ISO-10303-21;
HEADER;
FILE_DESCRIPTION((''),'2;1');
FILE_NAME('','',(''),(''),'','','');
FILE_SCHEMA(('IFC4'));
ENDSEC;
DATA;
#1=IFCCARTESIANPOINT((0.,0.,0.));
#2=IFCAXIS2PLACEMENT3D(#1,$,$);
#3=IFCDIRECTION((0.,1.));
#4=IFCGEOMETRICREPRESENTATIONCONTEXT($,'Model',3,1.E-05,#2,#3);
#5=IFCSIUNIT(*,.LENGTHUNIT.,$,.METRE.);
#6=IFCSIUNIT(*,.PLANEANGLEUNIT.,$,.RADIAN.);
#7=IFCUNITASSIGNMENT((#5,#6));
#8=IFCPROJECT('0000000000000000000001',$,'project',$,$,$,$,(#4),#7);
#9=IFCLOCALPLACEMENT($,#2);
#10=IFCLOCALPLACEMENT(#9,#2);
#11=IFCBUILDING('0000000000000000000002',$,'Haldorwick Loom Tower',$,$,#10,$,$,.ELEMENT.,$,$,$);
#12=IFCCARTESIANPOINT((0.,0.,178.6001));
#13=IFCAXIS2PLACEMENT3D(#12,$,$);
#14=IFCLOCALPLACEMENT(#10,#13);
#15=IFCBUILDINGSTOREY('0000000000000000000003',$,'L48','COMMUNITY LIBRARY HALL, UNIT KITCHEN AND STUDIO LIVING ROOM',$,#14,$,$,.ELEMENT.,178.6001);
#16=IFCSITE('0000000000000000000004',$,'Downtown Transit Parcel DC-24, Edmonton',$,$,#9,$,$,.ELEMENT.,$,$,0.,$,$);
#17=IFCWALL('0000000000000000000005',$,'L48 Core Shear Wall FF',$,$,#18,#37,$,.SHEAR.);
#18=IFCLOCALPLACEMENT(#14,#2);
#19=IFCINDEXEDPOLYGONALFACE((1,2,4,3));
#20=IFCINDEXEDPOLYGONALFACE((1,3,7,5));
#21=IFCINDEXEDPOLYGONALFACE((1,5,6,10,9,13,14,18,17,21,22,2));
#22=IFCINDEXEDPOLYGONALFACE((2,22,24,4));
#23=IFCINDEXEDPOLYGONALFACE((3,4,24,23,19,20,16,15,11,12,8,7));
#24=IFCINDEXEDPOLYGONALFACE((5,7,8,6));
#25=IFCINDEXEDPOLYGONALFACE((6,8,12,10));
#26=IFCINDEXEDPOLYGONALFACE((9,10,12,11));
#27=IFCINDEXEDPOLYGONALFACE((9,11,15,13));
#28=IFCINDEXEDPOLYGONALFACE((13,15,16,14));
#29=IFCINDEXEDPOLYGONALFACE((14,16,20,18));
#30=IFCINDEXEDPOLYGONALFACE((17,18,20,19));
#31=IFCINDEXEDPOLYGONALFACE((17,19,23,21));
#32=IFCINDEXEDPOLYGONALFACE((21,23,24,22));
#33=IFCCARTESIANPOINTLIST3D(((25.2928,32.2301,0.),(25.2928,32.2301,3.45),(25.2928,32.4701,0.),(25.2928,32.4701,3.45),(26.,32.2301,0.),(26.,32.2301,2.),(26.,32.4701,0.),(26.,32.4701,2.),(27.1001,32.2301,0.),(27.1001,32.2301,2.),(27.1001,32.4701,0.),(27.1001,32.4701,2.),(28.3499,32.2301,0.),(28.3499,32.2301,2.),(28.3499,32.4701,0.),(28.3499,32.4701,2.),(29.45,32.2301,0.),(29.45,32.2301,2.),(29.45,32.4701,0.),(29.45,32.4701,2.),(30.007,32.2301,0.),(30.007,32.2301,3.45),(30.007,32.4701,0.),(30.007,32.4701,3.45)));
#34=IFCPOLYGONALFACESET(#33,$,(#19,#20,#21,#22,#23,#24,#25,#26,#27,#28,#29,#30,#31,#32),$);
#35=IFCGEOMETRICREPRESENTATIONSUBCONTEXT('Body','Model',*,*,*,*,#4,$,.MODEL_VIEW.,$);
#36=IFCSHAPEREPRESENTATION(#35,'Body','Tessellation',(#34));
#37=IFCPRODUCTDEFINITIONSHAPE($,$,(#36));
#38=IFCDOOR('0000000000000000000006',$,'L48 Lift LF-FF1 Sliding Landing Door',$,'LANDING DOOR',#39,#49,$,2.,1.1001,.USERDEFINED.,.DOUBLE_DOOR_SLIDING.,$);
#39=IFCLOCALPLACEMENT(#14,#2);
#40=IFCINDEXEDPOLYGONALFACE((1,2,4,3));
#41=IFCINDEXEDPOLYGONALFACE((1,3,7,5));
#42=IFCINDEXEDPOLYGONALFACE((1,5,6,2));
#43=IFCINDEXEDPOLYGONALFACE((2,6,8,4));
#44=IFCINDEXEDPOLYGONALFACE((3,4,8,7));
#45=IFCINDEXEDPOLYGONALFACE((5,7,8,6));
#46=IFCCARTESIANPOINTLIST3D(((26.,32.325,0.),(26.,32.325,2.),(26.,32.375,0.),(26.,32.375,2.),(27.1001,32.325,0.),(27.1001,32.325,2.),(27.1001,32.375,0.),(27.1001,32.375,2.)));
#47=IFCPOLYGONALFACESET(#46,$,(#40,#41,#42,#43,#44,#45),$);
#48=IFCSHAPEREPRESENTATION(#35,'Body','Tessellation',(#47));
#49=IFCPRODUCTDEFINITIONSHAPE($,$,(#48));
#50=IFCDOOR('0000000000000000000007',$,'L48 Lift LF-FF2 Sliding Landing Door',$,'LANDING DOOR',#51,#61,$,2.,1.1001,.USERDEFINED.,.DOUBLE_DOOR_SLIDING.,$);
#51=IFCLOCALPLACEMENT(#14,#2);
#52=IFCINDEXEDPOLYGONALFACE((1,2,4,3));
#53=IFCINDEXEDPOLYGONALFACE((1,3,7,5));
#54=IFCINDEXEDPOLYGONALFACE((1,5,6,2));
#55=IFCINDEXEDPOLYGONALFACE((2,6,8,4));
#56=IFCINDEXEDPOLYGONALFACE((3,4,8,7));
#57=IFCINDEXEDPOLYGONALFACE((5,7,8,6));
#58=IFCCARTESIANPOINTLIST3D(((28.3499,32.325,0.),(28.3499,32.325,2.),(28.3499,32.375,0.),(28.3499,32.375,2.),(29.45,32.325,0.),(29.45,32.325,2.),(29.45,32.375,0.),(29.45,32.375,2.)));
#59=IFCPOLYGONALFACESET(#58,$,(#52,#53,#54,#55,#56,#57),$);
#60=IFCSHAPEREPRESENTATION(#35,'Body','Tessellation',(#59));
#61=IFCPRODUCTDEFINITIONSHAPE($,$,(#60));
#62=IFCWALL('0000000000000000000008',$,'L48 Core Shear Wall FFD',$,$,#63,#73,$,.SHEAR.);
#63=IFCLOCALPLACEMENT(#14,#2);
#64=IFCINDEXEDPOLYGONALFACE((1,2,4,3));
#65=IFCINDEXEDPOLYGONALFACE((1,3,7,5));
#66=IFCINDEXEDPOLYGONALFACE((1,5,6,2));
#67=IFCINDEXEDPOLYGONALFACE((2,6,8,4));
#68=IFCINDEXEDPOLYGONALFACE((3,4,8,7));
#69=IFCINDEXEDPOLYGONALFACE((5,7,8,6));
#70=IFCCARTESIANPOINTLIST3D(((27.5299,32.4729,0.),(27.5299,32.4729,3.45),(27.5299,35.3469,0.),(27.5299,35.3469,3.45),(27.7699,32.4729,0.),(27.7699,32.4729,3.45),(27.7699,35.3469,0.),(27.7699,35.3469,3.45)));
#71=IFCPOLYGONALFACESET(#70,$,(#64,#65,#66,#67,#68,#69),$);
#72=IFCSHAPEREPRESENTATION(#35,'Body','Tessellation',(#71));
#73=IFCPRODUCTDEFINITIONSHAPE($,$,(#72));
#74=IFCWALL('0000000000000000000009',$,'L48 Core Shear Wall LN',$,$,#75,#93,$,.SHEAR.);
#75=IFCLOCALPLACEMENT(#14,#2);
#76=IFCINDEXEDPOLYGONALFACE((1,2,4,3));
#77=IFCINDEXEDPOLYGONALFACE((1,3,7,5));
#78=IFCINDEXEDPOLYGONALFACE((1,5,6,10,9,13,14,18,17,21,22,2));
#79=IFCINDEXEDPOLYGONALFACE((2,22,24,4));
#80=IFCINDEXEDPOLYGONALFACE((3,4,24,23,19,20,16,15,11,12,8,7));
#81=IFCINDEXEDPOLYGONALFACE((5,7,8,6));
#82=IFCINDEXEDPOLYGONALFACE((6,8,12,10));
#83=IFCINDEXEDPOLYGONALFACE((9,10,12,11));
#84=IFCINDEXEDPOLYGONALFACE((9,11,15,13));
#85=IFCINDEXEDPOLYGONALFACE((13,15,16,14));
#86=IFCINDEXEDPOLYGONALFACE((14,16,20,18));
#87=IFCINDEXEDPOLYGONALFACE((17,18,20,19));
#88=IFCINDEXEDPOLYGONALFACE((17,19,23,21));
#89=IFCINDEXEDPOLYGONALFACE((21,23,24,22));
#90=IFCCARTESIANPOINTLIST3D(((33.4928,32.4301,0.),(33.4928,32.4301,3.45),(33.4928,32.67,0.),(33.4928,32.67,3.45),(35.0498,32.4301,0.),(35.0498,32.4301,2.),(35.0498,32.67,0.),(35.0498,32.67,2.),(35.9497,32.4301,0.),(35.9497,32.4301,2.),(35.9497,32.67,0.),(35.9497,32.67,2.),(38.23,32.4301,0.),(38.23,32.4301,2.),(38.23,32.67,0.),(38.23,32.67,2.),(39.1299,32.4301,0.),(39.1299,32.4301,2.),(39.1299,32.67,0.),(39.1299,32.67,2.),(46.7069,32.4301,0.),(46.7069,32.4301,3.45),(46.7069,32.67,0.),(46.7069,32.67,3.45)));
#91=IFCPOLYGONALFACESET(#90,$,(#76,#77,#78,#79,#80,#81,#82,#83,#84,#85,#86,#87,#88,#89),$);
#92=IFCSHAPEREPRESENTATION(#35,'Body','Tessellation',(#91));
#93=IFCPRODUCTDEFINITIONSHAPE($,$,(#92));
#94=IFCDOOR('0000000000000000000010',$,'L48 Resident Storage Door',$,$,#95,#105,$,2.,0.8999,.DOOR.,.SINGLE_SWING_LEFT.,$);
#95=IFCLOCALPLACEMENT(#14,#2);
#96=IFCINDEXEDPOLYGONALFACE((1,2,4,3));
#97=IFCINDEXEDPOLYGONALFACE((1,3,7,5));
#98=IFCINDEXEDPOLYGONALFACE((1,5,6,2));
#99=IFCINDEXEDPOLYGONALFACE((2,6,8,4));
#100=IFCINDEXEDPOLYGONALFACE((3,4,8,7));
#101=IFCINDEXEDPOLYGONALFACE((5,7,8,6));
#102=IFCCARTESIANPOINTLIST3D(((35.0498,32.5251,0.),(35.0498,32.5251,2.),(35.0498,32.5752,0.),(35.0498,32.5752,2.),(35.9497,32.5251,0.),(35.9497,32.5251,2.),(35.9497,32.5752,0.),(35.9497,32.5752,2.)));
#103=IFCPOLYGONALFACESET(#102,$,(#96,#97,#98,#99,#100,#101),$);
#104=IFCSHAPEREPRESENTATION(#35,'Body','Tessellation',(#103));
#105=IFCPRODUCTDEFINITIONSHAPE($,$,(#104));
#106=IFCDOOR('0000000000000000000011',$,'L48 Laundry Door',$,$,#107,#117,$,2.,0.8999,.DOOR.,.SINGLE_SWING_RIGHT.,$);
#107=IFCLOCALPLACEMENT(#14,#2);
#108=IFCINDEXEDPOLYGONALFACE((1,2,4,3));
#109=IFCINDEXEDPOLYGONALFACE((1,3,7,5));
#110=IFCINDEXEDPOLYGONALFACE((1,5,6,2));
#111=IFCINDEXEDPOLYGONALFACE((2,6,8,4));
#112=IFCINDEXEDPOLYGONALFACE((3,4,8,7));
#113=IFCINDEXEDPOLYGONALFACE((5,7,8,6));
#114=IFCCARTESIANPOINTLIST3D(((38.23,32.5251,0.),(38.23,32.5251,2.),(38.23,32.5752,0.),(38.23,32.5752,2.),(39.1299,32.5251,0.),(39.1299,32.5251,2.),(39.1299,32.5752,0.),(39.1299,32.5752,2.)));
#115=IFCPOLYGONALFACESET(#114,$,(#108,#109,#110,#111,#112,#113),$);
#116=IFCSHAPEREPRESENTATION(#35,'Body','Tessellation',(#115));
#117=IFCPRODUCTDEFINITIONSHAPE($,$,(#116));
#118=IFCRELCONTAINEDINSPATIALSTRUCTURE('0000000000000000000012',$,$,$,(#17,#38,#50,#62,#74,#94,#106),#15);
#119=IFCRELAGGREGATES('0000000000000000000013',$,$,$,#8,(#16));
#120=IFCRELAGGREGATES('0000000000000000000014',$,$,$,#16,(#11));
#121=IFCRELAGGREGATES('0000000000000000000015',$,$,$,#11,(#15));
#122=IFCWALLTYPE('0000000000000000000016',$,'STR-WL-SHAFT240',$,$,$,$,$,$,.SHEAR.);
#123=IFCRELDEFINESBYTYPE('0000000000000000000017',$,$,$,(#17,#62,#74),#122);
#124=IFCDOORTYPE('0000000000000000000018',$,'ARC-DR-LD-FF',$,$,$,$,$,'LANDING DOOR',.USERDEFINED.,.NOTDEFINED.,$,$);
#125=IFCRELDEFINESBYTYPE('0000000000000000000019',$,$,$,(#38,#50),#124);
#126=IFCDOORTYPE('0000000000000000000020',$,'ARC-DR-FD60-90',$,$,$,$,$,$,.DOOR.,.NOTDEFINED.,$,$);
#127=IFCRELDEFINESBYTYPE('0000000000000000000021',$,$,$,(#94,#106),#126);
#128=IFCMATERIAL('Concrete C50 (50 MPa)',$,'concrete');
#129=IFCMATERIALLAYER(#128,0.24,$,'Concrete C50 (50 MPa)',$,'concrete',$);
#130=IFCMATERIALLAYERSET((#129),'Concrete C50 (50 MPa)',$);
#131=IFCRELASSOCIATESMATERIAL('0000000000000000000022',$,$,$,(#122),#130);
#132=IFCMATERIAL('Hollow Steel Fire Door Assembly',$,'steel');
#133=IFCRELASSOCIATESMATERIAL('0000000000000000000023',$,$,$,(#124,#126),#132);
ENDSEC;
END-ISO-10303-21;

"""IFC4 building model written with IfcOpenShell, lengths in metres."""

from ifc_helpers import new_model, si_unit, direction, frame, frame_2d, origin, place, context, subcontext, project, spatial, rectangle, extrude, material, layer, layer_set, type_object, element, fill, save


model = new_model("IFC4")

# Units and contexts
model_context = context("Model", 3, precision=1e-05, world=origin(), true_north=direction((0.0, 1.0)))
body_context = subcontext(model_context, "Body", "Model", "MODEL_VIEW")
ifc_project = project(units=[si_unit("LENGTHUNIT", "METRE"), si_unit("PLANEANGLEUNIT", "RADIAN")], contexts=[model_context])

# Site, building, storey
site_placement = place(None, origin())
site = spatial("IfcSite", under=ifc_project, at=site_placement, Name="Downtown Transit Parcel DC-24, Edmonton", CompositionType="ELEMENT", RefElevation=0.0)
building_placement = place(site_placement, origin())
building = spatial("IfcBuilding", under=site, at=building_placement, Name="Haldorwick Loom Tower", CompositionType="ELEMENT")
storey_placement = place(building_placement, frame((0.0, 0.0, 178.6001)))
storey = spatial("IfcBuildingStorey", under=building, at=storey_placement, Name="L48", Description="COMMUNITY LIBRARY HALL, UNIT KITCHEN AND STUDIO LIVING ROOM", CompositionType="ELEMENT", Elevation=178.6001)

# Shared definitions
ifc_material_1 = material(Name="Concrete C50 (50 MPa)", Category="concrete")
ifc_layer_1 = layer(ifc_material_1, 0.24, Name="Concrete C50 (50 MPa)", Category="concrete")
ifc_layer_set_1 = layer_set([ifc_layer_1], Name="Concrete C50 (50 MPa)")
wall_type_1 = type_object("IfcWallType", Name="STR-WL-SHAFT240", PredefinedType="SHEAR", material=ifc_layer_set_1)

# Wall, openings, doors
wall_1_placement = place(storey_placement, frame((25.293, 32.3501, 0.0), z_axis=(0.0, 0.0, 1.0), x_axis=(1.0, 0.0, 0.0)))
wall_1 = element("IfcWall", 1, at=wall_1_placement, inside=storey, type_object=wall_type_1, Name="L48 Core Shear Wall FF", PredefinedType="SHEAR", context=body_context, shape_type="SweptSolid", body=[
    extrude(rectangle(XDim=4.7141, YDim=0.24, at=frame_2d((2.3569, 0.0))), origin(), (0.0, 0.0, 1.0), 3.45),
])
opening_1_placement = place(wall_1_placement, frame((0.707, 0.0, 0.0)))
opening_1 = element("IfcOpeningElement", 2, at=opening_1_placement, cuts=wall_1, PredefinedType="OPENING", context=body_context, shape_type="SweptSolid", body=[
    extrude(rectangle(XDim=1.1001, YDim=2.0, at=frame_2d((0.55, 1.0))), frame((0.0, 0.1299, 0.0), z_axis=(0.0, -1.0, 0.0), x_axis=(1.0, 0.0, 0.0)), (0.0, 0.0, 1.0), 0.26),
])
opening_2_placement = place(wall_1_placement, frame((3.0569, 0.0, 0.0)))
opening_2 = element("IfcOpeningElement", 3, at=opening_2_placement, cuts=wall_1, PredefinedType="OPENING", context=body_context, shape_type="SweptSolid", body=[
    extrude(rectangle(XDim=1.1001, YDim=2.0, at=frame_2d((0.55, 1.0))), frame((0.0, 0.1299, 0.0), z_axis=(0.0, -1.0, 0.0), x_axis=(1.0, 0.0, 0.0)), (0.0, 0.0, 1.0), 0.26),
])
ifc_material_2 = material(Name="Hollow Steel Fire Door Assembly", Category="steel")
door_type_1 = type_object("IfcDoorType", Name="ARC-DR-LD-FF", ElementType="LANDING DOOR", OperationType="NOTDEFINED", PredefinedType="USERDEFINED", material=ifc_material_2)
door_1_placement = place(opening_1_placement, origin())
door_1 = element("IfcDoor", 4, at=door_1_placement, inside=storey, type_object=door_type_1, Name="L48 Lift LF-FF1 Sliding Landing Door", ObjectType="LANDING DOOR", OperationType="DOUBLE_DOOR_SLIDING", OverallHeight=2.0, OverallWidth=1.1001, PredefinedType="USERDEFINED", context=body_context, shape_type="SweptSolid", body=[
    extrude(rectangle(XDim=1.1001, YDim=2.0, at=frame_2d((0.55, 1.0))), frame((0.0, 0.0249, 0.0), z_axis=(0.0, -1.0, 0.0), x_axis=(1.0, 0.0, 0.0)), (0.0, 0.0, 1.0), 0.05),
])
fill(opening_1, door_1)
door_2_placement = place(opening_2_placement, origin())
door_2 = element("IfcDoor", 5, at=door_2_placement, inside=storey, type_object=door_type_1, Name="L48 Lift LF-FF2 Sliding Landing Door", ObjectType="LANDING DOOR", OperationType="DOUBLE_DOOR_SLIDING", OverallHeight=2.0, OverallWidth=1.1001, PredefinedType="USERDEFINED", context=body_context, shape_type="SweptSolid", body=[
    extrude(rectangle(XDim=1.1001, YDim=2.0, at=frame_2d((0.55, 1.0))), frame((0.0, 0.0249, 0.0), z_axis=(0.0, -1.0, 0.0), x_axis=(1.0, 0.0, 0.0)), (0.0, 0.0, 1.0), 0.05),
])
fill(opening_2, door_2)

# Wall
wall_2_placement = place(storey_placement, frame((27.6499, 32.4729, 0.0), z_axis=(0.0, 0.0, 1.0), x_axis=(0.0, 1.0, 0.0)))
element("IfcWall", 6, at=wall_2_placement, inside=storey, type_object=wall_type_1, Name="L48 Core Shear Wall FFD", PredefinedType="SHEAR", context=body_context, shape_type="SweptSolid", body=[
    extrude(rectangle(XDim=2.874, YDim=0.24, at=frame_2d((1.437, 0.0))), origin(), (0.0, 0.0, 1.0), 3.45),
])

# Wall, openings, doors
wall_3_placement = place(storey_placement, frame((33.4929, 32.55, 0.0), z_axis=(0.0, 0.0, 1.0), x_axis=(1.0, 0.0, 0.0)))
wall_3 = element("IfcWall", 7, at=wall_3_placement, inside=storey, type_object=wall_type_1, Name="L48 Core Shear Wall LN", PredefinedType="SHEAR", context=body_context, shape_type="SweptSolid", body=[
    extrude(rectangle(XDim=13.2141, YDim=0.24, at=frame_2d((6.6069, 0.0))), origin(), (0.0, 0.0, 1.0), 3.45),
])
opening_3_placement = place(wall_3_placement, frame((1.5569, 0.0, 0.0)))
opening_3 = element("IfcOpeningElement", 8, at=opening_3_placement, cuts=wall_3, PredefinedType="OPENING", context=body_context, shape_type="SweptSolid", body=[
    extrude(rectangle(XDim=0.8999, YDim=2.0, at=frame_2d((0.45, 1.0))), frame((0.0, 0.1299, 0.0), z_axis=(0.0, -1.0, 0.0), x_axis=(1.0, 0.0, 0.0)), (0.0, 0.0, 1.0), 0.26),
])
opening_4_placement = place(wall_3_placement, frame((4.7371, 0.0, 0.0)))
opening_4 = element("IfcOpeningElement", 9, at=opening_4_placement, cuts=wall_3, PredefinedType="OPENING", context=body_context, shape_type="SweptSolid", body=[
    extrude(rectangle(XDim=0.8999, YDim=2.0, at=frame_2d((0.45, 1.0))), frame((0.0, 0.1299, 0.0), z_axis=(0.0, -1.0, 0.0), x_axis=(1.0, 0.0, 0.0)), (0.0, 0.0, 1.0), 0.26),
])
door_type_2 = type_object("IfcDoorType", Name="ARC-DR-FD60-90", OperationType="NOTDEFINED", PredefinedType="DOOR", material=ifc_material_2)
door_3_placement = place(opening_3_placement, frame((0.8999, 0.0, 0.0), z_axis=(0.0, 0.0, 1.0), x_axis=(-1.0, 0.0, 0.0)))
door_3 = element("IfcDoor", 10, at=door_3_placement, inside=storey, type_object=door_type_2, Name="L48 Resident Storage Door", OperationType="SINGLE_SWING_LEFT", OverallHeight=2.0, OverallWidth=0.8999, PredefinedType="DOOR", context=body_context, shape_type="SweptSolid", body=[
    extrude(rectangle(XDim=0.8999, YDim=2.0, at=frame_2d((0.45, 1.0))), frame((0.0, 0.0249, 0.0), z_axis=(0.0, -1.0, 0.0), x_axis=(1.0, 0.0, 0.0)), (0.0, 0.0, 1.0), 0.05),
])
fill(opening_3, door_3)
door_4_placement = place(opening_4_placement, frame((0.8999, 0.0, 0.0), z_axis=(0.0, 0.0, 1.0), x_axis=(-1.0, 0.0, 0.0)))
door_4 = element("IfcDoor", 11, at=door_4_placement, inside=storey, type_object=door_type_2, Name="L48 Laundry Door", OperationType="SINGLE_SWING_RIGHT", OverallHeight=2.0, OverallWidth=0.8999, PredefinedType="DOOR", context=body_context, shape_type="SweptSolid", body=[
    extrude(rectangle(XDim=0.8999, YDim=2.0, at=frame_2d((0.45, 1.0))), frame((0.0, 0.0249, 0.0), z_axis=(0.0, -1.0, 0.0), x_axis=(1.0, 0.0, 0.0)), (0.0, 0.0, 1.0), 0.05),
])
fill(opening_4, door_4)

save(model, "model.ifc")
